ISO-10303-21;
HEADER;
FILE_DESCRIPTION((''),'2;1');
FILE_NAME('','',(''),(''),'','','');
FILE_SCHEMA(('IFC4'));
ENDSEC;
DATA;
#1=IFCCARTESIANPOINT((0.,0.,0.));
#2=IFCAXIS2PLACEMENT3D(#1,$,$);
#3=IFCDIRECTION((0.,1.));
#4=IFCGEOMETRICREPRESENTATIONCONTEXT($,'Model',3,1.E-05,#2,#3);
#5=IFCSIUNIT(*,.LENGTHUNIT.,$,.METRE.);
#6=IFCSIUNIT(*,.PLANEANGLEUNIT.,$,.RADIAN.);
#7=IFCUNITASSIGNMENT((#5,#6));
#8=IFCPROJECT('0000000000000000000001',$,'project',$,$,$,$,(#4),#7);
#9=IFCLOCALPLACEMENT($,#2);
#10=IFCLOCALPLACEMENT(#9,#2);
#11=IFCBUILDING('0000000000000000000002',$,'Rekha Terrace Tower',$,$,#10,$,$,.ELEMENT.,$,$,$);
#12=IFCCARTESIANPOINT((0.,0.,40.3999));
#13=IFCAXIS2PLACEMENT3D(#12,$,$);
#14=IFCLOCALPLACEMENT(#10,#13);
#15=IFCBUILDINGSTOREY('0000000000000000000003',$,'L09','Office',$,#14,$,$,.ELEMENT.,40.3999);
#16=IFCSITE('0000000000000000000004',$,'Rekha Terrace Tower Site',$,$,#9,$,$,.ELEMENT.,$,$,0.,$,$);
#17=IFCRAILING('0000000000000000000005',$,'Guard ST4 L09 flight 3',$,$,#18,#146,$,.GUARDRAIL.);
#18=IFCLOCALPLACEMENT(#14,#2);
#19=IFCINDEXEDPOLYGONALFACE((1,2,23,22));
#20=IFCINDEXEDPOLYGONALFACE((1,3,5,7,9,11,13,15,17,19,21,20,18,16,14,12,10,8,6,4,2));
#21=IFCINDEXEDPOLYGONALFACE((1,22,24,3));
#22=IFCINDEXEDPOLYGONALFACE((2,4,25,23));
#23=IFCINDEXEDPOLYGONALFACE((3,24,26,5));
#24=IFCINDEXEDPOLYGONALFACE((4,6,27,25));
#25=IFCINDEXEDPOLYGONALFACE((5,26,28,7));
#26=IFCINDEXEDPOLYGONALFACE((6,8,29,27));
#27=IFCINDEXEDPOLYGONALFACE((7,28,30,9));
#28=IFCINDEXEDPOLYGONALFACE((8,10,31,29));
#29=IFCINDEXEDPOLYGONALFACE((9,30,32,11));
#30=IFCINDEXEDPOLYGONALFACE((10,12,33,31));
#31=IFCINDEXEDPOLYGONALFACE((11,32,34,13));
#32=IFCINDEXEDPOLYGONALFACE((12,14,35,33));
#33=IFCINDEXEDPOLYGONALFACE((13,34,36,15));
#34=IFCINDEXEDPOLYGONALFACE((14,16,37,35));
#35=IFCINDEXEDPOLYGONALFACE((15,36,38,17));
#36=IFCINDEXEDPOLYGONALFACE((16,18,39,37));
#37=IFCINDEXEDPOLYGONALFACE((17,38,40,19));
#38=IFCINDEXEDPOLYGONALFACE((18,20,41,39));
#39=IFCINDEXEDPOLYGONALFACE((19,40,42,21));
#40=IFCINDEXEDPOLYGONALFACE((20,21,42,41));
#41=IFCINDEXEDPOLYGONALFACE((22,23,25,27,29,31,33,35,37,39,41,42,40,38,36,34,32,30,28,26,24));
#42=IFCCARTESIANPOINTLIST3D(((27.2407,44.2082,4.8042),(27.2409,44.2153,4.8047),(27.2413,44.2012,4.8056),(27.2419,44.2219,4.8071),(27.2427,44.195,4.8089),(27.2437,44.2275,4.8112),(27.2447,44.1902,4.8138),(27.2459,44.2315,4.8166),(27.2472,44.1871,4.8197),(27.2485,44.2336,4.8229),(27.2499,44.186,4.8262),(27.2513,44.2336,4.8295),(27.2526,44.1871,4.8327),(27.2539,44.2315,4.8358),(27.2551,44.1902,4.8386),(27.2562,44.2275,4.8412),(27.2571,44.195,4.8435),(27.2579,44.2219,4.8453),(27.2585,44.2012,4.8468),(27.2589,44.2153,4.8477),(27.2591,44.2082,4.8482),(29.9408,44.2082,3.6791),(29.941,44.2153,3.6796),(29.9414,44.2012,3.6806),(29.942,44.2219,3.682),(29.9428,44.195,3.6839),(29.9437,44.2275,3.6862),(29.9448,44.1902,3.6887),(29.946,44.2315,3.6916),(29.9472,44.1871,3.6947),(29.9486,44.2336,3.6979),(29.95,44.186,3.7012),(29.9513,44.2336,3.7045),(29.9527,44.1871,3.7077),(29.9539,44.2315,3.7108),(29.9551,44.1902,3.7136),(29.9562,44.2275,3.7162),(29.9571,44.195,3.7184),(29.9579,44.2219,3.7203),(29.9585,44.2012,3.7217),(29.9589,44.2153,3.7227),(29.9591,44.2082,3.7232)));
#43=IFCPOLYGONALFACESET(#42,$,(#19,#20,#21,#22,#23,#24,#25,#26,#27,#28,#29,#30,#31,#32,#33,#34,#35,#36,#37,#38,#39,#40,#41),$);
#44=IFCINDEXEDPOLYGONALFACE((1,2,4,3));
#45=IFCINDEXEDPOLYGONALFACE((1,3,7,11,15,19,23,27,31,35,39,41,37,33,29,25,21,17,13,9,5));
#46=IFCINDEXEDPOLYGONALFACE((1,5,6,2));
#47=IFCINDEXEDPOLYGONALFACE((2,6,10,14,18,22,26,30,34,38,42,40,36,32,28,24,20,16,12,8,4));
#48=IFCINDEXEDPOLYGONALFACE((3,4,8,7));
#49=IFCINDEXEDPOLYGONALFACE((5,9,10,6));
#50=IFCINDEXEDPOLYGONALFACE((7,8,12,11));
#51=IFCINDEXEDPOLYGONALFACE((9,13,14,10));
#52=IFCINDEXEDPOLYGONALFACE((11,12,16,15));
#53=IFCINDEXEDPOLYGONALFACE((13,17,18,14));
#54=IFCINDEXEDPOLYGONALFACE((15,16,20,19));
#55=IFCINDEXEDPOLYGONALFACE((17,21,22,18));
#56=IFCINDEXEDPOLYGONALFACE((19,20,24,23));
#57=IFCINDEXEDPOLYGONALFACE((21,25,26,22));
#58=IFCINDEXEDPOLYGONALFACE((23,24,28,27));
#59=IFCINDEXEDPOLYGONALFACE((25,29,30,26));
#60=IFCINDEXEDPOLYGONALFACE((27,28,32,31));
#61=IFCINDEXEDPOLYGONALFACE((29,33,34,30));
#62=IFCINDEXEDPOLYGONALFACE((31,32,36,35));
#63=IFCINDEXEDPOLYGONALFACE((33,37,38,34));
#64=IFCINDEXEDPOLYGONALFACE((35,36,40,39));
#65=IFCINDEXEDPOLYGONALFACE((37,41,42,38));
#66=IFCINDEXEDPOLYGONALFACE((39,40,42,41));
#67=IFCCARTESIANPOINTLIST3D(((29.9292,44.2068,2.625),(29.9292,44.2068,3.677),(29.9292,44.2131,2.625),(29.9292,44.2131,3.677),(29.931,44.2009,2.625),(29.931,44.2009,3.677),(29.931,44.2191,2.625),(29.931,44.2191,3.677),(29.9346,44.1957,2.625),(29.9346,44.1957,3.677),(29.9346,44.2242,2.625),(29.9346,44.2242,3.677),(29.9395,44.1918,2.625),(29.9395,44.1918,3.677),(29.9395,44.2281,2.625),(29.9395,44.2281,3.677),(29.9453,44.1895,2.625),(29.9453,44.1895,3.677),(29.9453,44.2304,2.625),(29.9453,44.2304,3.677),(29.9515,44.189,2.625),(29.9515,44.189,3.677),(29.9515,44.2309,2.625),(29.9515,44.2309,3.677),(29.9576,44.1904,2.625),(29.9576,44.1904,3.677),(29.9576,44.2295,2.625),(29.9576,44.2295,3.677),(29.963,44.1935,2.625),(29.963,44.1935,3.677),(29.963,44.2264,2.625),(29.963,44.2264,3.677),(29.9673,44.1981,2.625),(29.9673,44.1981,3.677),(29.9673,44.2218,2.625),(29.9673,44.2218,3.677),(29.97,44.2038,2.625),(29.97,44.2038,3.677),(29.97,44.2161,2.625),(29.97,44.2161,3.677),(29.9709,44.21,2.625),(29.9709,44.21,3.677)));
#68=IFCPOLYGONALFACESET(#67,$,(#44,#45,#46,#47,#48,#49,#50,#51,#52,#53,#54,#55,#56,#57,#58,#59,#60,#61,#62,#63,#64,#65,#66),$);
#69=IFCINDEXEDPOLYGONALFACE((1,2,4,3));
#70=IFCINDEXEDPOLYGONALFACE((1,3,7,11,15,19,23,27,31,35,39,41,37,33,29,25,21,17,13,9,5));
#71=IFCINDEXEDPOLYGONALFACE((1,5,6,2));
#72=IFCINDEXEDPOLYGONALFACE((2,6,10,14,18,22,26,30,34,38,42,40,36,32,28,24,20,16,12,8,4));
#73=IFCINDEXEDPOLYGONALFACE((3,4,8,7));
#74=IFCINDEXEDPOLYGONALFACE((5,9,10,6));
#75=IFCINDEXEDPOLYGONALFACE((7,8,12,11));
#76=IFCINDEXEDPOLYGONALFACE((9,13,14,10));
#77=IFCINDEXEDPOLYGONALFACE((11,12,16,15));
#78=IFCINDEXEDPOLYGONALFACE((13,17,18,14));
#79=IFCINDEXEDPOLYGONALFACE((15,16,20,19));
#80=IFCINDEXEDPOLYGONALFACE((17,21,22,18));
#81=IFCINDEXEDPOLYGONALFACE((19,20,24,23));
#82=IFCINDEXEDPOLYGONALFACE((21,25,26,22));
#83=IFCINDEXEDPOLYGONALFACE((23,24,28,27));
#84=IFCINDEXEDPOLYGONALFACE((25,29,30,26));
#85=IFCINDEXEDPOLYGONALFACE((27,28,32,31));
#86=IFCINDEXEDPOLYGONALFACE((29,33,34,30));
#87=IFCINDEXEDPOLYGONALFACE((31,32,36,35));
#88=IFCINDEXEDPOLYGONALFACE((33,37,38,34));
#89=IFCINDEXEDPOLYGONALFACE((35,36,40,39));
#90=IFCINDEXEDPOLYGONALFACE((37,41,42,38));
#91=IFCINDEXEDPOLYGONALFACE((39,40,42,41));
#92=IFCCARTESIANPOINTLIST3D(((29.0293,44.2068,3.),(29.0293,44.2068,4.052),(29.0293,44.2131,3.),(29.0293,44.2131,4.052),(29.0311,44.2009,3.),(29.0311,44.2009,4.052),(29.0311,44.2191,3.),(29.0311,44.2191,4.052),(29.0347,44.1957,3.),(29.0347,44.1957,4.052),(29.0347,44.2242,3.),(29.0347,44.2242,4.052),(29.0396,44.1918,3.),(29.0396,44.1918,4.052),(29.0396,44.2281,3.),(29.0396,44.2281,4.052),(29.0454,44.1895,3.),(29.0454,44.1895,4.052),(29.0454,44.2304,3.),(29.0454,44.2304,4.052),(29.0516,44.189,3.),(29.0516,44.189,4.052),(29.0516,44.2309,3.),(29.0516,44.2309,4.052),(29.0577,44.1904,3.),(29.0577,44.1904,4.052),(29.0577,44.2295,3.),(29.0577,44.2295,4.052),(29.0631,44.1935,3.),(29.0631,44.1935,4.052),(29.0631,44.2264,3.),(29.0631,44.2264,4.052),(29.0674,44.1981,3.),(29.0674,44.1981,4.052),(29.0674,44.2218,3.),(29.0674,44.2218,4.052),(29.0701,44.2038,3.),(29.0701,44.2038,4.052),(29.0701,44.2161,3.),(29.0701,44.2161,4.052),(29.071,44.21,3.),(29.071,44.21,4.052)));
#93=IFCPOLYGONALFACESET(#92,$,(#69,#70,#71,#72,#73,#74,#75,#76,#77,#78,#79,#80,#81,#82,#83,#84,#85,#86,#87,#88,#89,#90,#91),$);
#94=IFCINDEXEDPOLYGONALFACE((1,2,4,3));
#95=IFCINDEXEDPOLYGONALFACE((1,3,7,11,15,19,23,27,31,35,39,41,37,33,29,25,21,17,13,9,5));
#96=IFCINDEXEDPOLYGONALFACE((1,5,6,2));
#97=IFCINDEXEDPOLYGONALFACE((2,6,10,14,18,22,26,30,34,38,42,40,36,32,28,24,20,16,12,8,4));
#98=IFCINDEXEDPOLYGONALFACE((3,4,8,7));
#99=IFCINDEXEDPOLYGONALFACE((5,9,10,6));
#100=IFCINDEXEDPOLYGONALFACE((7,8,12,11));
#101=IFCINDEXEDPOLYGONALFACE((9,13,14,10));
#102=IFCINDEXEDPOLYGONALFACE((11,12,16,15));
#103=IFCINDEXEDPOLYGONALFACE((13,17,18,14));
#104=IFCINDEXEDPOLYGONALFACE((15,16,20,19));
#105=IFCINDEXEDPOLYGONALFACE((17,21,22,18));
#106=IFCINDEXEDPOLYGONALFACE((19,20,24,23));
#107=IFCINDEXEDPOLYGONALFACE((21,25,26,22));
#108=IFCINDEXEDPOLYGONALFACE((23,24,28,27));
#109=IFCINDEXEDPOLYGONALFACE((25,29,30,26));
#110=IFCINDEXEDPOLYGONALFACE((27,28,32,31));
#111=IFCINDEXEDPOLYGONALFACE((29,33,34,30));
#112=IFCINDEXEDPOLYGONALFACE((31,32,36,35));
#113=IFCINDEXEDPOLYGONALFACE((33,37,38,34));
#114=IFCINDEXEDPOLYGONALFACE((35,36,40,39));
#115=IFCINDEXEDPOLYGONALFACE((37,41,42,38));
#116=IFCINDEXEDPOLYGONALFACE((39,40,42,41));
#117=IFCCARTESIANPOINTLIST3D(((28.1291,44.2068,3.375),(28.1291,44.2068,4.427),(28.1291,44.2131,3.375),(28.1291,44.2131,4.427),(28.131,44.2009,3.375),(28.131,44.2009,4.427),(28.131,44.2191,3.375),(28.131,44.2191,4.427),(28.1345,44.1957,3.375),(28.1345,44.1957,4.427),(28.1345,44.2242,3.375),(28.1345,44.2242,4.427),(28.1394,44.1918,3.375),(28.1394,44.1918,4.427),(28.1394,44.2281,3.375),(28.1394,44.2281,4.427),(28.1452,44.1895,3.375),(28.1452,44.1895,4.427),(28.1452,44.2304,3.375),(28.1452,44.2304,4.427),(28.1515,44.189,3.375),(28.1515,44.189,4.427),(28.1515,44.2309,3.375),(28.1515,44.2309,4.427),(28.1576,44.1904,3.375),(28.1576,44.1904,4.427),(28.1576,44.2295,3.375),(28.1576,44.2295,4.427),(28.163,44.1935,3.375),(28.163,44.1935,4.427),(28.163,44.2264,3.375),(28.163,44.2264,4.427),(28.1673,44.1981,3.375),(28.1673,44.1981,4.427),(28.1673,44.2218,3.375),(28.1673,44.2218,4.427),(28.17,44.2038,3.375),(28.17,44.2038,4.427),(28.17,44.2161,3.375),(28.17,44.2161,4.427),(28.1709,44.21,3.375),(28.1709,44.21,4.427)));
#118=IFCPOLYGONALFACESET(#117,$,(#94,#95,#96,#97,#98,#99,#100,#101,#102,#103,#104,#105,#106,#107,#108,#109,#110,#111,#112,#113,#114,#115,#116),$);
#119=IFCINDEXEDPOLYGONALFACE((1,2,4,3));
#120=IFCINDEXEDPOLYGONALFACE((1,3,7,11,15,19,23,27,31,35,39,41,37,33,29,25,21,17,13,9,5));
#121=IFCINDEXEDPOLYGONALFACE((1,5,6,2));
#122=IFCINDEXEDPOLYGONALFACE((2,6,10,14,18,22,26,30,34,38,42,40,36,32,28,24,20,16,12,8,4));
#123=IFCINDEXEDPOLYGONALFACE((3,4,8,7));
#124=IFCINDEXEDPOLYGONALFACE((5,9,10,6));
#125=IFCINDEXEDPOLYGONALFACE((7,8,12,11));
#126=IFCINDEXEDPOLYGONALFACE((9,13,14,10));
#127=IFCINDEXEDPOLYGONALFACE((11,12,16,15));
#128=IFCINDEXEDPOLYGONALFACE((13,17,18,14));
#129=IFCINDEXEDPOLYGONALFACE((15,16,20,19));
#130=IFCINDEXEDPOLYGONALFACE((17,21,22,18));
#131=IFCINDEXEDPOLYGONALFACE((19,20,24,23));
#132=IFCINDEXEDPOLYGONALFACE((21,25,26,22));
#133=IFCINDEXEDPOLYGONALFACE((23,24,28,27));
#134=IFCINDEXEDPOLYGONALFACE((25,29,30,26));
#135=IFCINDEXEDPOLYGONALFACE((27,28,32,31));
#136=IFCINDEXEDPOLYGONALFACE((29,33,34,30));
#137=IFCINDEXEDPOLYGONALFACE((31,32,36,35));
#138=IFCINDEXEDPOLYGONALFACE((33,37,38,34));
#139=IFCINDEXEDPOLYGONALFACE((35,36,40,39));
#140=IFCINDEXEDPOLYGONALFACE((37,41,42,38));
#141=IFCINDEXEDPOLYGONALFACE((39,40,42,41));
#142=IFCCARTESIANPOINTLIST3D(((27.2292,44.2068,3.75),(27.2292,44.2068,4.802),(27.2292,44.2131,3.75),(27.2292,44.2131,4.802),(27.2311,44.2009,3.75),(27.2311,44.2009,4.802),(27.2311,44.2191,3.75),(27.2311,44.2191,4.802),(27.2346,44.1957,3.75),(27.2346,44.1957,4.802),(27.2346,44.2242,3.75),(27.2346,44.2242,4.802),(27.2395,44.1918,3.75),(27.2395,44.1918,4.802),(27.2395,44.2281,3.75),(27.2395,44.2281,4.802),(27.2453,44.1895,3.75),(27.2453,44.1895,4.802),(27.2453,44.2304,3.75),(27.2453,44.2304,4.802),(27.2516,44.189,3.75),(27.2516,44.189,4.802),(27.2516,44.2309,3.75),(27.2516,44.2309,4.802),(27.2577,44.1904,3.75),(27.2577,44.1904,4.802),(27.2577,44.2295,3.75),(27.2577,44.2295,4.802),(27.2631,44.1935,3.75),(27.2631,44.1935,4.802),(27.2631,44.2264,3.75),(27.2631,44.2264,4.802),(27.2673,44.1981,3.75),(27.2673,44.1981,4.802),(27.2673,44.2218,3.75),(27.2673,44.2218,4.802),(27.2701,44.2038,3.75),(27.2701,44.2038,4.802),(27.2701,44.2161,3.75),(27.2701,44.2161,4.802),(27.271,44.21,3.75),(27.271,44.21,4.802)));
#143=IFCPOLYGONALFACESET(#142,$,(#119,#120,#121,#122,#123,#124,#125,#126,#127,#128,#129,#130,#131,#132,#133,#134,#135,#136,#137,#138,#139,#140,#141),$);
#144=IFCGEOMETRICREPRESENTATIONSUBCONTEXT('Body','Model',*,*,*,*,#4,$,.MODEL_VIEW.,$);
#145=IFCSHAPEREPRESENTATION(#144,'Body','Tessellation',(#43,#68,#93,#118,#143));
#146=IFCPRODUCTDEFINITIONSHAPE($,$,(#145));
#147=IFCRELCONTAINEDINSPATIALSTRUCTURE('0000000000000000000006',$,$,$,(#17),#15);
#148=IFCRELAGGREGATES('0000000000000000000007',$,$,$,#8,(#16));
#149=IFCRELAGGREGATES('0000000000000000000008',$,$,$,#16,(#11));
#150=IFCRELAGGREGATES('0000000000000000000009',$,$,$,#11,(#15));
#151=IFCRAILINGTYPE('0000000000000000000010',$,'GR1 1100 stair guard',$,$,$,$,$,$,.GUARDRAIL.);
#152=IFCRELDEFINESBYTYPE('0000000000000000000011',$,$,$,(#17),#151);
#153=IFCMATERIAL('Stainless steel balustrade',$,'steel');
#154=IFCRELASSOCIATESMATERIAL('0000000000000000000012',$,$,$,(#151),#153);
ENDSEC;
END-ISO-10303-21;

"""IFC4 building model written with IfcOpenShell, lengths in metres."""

from ifc_helpers import new_model, si_unit, direction, frame, origin, origin_2d, place, context, subcontext, project, spatial, circle, extrude, material, type_object, element, save


model = new_model("IFC4")

# Units and contexts
model_context = context("Model", 3, precision=1e-05, world=origin(), true_north=direction((0.0, 1.0)))
body_context = subcontext(model_context, "Body", "Model", "MODEL_VIEW")
ifc_project = project(units=[si_unit("LENGTHUNIT", "METRE"), si_unit("PLANEANGLEUNIT", "RADIAN")], contexts=[model_context])

# Site, building, storey
site_placement = place(None, origin())
site = spatial("IfcSite", under=ifc_project, at=site_placement, Name="Rekha Terrace Tower Site", CompositionType="ELEMENT", RefElevation=0.0)
building_placement = place(site_placement, origin())
building = spatial("IfcBuilding", under=site, at=building_placement, Name="Rekha Terrace Tower", CompositionType="ELEMENT")
storey_placement = place(building_placement, frame((0.0, 0.0, 40.3999)))
storey = spatial("IfcBuildingStorey", under=building, at=storey_placement, Name="L09", Description="Office", CompositionType="ELEMENT", Elevation=40.3999)

# Railing
ifc_material_1 = material(Name="Stainless steel balustrade", Category="steel")
railing_type_1 = type_object("IfcRailingType", Name="GR1 1100 stair guard", PredefinedType="GUARDRAIL", material=ifc_material_1)
railing_1_placement = place(storey_placement, frame((29.95, 44.21, 2.625)))
element("IfcRailing", 1, at=railing_1_placement, inside=storey, type_object=railing_type_1, Name="Guard ST4 L09 flight 3", PredefinedType="GUARDRAIL", context=body_context, shape_type="SweptSolid", body=[
    extrude(circle(Radius=0.0239, at=origin_2d()), frame((0.0, 0.0, 1.0762), z_axis=(-0.923074, 0.0, 0.384621), x_axis=(0.0, -1.0, 0.0)), (0.0, 0.0, 1.0), 2.925),
    extrude(circle(Radius=0.021, at=origin_2d()), origin(), (0.0, 0.0, 1.0), 1.052),
    extrude(circle(Radius=0.021, at=origin_2d()), frame((-0.8999, 0.0, 0.375)), (0.0, 0.0, 1.0), 1.052),
    extrude(circle(Radius=0.021, at=origin_2d()), frame((-1.8, 0.0, 0.75)), (0.0, 0.0, 1.0), 1.052),
    extrude(circle(Radius=0.021, at=origin_2d()), frame((-2.7, 0.0, 1.125)), (0.0, 0.0, 1.0), 1.052),
])

save(model, "model.ifc")
